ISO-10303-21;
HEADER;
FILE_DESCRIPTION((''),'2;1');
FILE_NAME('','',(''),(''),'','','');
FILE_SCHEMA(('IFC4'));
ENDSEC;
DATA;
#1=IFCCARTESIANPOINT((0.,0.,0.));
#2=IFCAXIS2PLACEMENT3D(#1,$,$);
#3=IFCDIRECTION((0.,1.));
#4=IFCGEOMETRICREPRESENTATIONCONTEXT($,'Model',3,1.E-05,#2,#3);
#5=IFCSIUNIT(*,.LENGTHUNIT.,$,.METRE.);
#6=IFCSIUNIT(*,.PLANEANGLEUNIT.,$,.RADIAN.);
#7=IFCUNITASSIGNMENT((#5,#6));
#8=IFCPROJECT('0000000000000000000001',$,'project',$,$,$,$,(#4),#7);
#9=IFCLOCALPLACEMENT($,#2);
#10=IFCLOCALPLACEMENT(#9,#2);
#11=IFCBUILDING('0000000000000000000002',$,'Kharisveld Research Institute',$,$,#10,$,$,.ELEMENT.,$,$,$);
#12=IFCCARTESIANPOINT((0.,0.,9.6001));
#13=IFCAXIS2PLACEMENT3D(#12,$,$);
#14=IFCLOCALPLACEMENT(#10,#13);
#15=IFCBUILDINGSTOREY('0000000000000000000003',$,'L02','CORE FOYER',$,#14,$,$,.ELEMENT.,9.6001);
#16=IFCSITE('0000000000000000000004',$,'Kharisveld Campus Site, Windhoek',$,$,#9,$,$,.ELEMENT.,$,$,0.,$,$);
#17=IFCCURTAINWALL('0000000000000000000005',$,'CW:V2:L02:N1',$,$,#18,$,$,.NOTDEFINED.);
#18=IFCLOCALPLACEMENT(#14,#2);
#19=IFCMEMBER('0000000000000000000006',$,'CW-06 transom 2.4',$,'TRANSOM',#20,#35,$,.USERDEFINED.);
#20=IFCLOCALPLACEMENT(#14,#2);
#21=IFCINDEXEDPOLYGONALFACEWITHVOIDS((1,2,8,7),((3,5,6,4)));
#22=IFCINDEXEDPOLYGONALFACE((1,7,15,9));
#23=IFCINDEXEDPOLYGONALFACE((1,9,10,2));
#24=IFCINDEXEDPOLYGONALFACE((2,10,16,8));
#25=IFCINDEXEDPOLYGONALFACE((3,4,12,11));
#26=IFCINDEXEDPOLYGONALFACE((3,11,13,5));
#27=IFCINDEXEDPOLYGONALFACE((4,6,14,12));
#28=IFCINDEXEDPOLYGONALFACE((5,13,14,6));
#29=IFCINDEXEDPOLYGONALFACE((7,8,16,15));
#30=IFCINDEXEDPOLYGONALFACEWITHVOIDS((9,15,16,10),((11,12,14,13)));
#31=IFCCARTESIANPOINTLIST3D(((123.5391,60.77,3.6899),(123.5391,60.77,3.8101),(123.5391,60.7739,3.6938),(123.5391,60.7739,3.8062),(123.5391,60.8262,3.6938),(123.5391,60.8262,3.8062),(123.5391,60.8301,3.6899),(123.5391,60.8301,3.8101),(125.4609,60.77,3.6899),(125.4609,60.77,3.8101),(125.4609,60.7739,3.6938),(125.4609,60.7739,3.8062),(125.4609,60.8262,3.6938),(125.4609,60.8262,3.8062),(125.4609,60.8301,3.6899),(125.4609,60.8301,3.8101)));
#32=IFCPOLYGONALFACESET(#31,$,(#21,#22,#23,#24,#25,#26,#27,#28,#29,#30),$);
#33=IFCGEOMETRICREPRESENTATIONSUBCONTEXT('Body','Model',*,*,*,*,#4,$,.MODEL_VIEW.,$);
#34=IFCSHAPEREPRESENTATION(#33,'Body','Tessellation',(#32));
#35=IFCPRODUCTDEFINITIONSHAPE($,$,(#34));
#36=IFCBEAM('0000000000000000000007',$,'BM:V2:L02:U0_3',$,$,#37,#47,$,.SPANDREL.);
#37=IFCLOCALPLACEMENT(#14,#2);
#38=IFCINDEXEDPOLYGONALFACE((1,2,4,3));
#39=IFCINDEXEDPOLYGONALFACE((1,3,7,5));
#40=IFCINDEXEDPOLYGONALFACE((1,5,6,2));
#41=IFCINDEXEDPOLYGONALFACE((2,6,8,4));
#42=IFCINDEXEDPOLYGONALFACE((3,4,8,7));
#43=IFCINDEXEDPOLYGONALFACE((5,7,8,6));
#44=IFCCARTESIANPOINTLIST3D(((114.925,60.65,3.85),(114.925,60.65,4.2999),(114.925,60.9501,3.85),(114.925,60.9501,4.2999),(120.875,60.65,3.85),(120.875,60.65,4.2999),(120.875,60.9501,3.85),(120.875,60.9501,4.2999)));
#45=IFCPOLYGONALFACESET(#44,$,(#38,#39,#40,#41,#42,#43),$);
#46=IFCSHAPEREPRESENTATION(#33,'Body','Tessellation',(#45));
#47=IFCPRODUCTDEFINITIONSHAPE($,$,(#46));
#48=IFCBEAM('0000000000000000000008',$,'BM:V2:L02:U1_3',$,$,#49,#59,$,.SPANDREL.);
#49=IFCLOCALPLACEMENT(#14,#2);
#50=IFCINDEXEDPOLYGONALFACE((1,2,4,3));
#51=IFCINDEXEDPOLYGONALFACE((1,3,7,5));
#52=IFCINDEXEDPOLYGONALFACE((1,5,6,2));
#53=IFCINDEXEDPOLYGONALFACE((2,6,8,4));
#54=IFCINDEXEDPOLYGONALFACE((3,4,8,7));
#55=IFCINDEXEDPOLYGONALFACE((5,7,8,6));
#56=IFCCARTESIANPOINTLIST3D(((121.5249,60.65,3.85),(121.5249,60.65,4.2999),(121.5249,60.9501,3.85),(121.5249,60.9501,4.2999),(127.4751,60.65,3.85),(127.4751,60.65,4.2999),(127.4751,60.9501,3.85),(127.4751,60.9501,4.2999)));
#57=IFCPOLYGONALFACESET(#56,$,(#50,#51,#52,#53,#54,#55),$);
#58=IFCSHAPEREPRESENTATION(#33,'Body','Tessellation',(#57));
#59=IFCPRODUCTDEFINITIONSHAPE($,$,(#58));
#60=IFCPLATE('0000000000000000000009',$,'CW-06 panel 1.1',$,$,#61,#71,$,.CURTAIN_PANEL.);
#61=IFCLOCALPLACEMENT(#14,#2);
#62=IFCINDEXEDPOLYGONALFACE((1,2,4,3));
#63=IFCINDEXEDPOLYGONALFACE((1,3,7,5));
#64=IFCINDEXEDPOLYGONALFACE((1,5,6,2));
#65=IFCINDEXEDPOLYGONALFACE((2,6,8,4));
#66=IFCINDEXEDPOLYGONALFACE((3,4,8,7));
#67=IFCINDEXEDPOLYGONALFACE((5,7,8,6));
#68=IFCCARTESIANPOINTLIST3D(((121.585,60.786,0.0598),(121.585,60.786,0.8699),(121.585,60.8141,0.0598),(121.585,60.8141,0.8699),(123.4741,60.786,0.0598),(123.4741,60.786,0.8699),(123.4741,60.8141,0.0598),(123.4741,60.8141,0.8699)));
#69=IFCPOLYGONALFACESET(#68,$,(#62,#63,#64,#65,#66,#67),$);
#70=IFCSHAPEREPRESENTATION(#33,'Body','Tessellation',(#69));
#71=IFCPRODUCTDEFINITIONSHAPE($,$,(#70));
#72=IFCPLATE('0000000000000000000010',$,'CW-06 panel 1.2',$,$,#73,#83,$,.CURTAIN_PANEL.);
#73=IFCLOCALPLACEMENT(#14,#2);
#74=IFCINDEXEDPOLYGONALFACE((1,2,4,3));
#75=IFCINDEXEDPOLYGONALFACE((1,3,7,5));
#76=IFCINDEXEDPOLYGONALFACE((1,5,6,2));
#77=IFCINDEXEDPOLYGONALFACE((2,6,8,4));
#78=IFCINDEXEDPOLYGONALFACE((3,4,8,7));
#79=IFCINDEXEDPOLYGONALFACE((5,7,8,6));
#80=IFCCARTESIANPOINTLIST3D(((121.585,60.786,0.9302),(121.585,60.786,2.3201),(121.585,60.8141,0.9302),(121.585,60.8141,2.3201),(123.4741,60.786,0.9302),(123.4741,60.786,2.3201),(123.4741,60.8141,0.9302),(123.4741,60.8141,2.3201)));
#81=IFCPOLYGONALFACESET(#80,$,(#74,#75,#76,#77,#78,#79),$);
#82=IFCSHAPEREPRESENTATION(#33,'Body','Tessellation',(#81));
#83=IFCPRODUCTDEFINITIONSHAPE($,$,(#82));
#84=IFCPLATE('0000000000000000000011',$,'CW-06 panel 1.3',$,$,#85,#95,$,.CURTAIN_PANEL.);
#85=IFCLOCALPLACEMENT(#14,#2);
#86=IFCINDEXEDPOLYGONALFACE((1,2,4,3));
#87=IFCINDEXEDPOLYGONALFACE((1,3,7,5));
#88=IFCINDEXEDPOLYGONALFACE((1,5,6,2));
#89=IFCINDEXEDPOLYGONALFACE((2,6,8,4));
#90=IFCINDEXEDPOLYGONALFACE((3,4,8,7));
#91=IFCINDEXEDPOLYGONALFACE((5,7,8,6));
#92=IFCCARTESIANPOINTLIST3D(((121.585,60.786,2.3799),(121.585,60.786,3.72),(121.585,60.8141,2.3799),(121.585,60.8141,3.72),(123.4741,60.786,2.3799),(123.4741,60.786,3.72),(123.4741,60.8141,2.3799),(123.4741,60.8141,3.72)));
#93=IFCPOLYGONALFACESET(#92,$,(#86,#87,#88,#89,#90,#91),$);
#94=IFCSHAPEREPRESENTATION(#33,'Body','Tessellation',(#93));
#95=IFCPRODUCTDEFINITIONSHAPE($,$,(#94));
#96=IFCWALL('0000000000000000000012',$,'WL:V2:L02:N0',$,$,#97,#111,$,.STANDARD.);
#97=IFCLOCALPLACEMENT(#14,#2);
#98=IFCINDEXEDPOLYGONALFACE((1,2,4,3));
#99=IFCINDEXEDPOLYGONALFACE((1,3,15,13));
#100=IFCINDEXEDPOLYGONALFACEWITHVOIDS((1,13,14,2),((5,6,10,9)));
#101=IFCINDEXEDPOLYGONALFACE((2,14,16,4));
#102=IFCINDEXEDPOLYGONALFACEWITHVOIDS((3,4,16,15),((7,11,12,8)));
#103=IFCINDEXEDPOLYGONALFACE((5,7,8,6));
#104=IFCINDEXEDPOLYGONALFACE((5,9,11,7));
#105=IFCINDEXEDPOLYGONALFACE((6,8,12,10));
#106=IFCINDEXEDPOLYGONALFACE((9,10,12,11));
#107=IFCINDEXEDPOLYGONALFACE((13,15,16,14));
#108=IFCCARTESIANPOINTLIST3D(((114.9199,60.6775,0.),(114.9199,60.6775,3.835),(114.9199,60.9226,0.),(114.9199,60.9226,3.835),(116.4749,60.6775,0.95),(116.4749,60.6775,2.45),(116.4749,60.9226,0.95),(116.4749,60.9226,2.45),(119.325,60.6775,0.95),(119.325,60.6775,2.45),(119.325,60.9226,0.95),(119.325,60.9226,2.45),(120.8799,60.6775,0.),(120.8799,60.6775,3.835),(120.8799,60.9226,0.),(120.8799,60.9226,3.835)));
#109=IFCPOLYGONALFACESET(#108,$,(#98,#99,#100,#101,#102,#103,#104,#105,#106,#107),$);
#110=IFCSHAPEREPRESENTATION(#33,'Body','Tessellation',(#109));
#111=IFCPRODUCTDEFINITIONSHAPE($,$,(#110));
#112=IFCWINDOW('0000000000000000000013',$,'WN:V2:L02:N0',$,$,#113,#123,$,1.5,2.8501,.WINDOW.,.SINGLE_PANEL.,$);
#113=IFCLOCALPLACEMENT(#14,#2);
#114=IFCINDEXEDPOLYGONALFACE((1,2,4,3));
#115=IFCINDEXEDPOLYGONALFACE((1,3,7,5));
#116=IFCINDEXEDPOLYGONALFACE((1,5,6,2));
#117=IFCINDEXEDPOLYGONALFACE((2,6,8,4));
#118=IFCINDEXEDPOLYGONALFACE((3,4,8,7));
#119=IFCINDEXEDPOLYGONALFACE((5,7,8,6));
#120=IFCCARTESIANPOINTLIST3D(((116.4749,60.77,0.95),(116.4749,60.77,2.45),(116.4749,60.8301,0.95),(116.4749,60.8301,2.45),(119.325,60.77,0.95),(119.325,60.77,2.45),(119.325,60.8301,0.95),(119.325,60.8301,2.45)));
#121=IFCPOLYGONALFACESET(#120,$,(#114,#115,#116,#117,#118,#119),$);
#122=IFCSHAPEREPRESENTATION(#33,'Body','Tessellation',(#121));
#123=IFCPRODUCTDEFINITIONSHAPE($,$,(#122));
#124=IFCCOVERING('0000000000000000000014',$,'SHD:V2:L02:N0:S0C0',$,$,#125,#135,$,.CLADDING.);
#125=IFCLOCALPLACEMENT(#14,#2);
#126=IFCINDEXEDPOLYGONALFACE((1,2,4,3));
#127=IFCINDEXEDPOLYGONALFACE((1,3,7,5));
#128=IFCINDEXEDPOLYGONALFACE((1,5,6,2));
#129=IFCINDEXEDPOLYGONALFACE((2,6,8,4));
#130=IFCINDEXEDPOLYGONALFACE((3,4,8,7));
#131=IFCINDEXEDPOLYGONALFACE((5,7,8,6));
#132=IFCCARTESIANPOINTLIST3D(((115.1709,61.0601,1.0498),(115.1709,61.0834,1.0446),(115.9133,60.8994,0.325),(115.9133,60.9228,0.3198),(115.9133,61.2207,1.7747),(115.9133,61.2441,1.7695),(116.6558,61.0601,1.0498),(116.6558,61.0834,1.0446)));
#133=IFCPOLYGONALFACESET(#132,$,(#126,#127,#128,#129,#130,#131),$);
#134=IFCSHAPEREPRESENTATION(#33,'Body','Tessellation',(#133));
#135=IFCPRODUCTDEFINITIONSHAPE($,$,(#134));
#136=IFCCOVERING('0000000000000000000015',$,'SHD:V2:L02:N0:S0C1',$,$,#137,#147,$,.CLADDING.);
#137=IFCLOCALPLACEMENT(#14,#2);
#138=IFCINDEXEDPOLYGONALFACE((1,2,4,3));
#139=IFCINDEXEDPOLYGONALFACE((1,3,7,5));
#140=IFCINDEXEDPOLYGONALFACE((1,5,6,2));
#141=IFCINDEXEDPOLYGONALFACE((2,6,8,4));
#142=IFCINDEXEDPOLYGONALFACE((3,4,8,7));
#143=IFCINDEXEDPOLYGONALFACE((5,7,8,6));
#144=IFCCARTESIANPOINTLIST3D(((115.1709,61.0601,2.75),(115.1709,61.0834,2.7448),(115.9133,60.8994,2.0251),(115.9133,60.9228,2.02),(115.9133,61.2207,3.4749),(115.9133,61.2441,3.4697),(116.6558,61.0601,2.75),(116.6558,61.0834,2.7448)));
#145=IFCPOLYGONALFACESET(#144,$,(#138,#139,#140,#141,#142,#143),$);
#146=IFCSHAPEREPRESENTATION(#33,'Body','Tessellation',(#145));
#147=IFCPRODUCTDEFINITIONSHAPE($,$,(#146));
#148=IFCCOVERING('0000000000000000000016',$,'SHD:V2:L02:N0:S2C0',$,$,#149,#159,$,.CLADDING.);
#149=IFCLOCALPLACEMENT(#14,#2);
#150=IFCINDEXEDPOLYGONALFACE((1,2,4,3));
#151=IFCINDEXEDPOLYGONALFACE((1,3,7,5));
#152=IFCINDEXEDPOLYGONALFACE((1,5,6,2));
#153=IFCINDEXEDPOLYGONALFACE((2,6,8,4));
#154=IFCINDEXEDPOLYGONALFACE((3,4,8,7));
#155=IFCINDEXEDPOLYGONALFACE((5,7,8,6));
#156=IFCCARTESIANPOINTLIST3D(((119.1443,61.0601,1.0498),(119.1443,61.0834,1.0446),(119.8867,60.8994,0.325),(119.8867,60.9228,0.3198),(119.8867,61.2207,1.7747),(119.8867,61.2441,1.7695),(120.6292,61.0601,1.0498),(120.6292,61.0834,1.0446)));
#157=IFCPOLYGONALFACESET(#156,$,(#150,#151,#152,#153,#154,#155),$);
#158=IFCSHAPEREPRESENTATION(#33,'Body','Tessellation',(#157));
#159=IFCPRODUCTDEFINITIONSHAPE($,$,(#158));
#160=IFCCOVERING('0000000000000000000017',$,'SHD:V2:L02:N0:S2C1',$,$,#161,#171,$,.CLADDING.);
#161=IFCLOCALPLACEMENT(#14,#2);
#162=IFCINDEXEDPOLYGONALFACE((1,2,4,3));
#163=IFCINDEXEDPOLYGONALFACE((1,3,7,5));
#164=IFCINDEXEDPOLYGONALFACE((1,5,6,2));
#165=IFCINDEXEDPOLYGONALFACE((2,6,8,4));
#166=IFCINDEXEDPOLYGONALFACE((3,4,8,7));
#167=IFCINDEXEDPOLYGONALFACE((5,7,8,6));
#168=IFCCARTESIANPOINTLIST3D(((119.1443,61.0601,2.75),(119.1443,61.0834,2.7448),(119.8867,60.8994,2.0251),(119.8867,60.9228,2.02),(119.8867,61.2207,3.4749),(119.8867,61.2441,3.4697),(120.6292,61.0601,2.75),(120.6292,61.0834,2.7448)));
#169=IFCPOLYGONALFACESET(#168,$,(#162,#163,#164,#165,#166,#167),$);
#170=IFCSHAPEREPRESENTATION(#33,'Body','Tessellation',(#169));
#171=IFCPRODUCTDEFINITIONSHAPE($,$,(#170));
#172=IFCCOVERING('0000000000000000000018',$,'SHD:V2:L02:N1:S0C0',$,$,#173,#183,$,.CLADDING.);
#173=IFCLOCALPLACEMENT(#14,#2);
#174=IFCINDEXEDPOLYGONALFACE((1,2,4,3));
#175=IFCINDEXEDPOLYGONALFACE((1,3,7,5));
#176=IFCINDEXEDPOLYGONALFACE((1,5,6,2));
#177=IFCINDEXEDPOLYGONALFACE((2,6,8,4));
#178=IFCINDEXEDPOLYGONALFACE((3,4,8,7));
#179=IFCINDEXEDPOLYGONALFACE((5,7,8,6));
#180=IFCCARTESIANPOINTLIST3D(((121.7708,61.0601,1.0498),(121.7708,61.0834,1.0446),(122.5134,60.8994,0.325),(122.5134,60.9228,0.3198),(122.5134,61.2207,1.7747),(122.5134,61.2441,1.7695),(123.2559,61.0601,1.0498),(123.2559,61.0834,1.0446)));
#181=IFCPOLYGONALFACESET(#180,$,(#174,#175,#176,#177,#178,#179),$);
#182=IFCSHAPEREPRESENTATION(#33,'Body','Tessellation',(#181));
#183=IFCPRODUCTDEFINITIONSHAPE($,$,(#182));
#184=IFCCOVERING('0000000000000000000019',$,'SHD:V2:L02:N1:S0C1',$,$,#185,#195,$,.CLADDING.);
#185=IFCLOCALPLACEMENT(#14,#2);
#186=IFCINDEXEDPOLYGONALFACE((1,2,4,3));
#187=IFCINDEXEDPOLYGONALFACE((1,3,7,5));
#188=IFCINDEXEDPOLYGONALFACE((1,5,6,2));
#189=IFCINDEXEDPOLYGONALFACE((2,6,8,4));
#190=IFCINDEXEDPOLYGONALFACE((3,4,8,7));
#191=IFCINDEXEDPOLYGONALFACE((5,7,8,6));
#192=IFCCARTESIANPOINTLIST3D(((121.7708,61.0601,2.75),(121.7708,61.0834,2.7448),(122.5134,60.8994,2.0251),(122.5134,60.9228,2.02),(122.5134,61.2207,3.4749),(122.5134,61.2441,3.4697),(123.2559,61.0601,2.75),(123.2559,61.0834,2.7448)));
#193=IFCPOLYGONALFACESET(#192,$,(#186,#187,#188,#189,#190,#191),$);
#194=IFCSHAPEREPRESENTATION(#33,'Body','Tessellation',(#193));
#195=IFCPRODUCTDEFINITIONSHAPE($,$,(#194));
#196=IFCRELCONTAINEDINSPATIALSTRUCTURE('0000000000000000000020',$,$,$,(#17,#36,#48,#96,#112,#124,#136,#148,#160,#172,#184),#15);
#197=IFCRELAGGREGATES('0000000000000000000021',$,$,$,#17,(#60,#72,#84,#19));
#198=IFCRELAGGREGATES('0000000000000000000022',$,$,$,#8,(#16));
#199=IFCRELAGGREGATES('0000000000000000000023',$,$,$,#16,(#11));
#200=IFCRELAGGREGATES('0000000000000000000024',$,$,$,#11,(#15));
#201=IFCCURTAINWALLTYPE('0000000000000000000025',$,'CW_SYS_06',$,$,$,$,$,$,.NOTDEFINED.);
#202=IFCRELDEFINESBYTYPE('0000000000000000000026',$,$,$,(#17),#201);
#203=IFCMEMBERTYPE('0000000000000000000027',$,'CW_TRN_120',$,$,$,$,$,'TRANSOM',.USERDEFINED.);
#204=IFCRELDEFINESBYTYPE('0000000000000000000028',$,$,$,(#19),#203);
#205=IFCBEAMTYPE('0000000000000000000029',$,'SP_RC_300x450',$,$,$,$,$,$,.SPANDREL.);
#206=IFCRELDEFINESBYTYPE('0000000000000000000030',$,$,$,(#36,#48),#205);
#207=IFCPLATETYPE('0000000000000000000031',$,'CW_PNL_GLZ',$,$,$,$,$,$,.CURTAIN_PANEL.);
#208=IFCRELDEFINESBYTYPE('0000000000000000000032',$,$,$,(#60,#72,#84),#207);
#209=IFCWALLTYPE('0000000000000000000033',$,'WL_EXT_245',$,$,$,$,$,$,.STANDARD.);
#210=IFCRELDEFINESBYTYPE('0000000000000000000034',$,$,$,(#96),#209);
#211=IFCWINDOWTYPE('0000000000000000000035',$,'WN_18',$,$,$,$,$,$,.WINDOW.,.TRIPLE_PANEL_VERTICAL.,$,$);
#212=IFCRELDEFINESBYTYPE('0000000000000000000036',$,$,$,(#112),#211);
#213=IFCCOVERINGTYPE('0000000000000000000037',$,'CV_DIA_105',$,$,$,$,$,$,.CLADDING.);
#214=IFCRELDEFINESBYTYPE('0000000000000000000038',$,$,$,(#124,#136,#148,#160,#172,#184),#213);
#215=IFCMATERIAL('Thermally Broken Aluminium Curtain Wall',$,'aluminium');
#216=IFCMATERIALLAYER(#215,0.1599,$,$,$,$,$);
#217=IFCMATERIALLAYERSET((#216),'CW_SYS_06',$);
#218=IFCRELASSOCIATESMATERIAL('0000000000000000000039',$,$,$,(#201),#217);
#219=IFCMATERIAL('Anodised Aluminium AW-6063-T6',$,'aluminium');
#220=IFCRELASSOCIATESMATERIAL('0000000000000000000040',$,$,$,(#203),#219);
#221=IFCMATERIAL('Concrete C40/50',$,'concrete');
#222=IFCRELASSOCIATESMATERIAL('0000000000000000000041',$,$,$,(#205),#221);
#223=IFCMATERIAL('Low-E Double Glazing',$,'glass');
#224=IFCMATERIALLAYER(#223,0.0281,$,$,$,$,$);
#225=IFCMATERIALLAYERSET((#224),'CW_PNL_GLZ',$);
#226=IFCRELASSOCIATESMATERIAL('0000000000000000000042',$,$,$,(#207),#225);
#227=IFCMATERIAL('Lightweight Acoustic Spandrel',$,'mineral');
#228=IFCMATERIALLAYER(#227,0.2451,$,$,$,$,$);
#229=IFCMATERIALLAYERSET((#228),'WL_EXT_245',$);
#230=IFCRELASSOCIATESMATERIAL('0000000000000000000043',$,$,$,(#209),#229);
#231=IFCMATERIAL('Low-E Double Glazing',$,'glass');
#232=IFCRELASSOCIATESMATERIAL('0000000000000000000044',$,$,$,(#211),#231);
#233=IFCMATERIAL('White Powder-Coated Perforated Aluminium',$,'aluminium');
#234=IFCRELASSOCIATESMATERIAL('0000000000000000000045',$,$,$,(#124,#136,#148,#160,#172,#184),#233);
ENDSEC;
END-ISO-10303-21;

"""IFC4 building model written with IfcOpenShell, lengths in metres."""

from ifc_helpers import new_model, si_unit, direction, frame, frame_2d, origin, origin_2d, place, context, subcontext, project, spatial, polyline, rectangle, hollow_rectangle, outline, extrude, material, layer, layer_set, material_profile, profile_set, type_object, element, fill, aggregate, save


model = new_model("IFC4")

# Units and contexts
model_context = context("Model", 3, precision=1e-05, world=origin(), true_north=direction((0.0, 1.0)))
body_context = subcontext(model_context, "Body", "Model", "MODEL_VIEW")
ifc_project = project(units=[si_unit("LENGTHUNIT", "METRE"), si_unit("PLANEANGLEUNIT", "RADIAN")], contexts=[model_context])

# Site, building, storey
site_placement = place(None, origin())
site = spatial("IfcSite", under=ifc_project, at=site_placement, Name="Kharisveld Campus Site, Windhoek", CompositionType="ELEMENT", RefElevation=0.0)
building_placement = place(site_placement, origin())
building = spatial("IfcBuilding", under=site, at=building_placement, Name="Kharisveld Research Institute", CompositionType="ELEMENT")
storey_placement = place(building_placement, frame((0.0, 0.0, 9.6001)))
storey = spatial("IfcBuildingStorey", under=building, at=storey_placement, Name="L02", Description="CORE FOYER", CompositionType="ELEMENT", Elevation=9.6001)

# Curtain wall, member
ifc_material_1 = material(Name="Thermally Broken Aluminium Curtain Wall", Category="aluminium")
ifc_layer_1 = layer(ifc_material_1, 0.1599)
ifc_layer_set_1 = layer_set([ifc_layer_1], Name="CW_SYS_06")
curtain_wall_type = type_object("IfcCurtainWallType", Name="CW_SYS_06", PredefinedType="NOTDEFINED", material=ifc_layer_set_1)
curtain_wall_placement = place(storey_placement, origin())
curtain_wall = element("IfcCurtainWall", 1, at=curtain_wall_placement, inside=storey, type_object=curtain_wall_type, Name="CW:V2:L02:N1", PredefinedType="NOTDEFINED")
ifc_material_2 = material(Name="Anodised Aluminium AW-6063-T6", Category="aluminium")
ifc_material_profile_1 = material_profile(ifc_material_2, hollow_rectangle(XDim=0.0601, YDim=0.1201, WallThickness=0.0039, at=origin_2d()))
ifc_profile_set_1 = profile_set([ifc_material_profile_1], Name="Anodised Aluminium AW-6063-T6")
member_type_1 = type_object("IfcMemberType", Name="CW_TRN_120", ElementType="TRANSOM", PredefinedType="USERDEFINED", material=ifc_profile_set_1)
member_1_placement = place(storey_placement, frame((123.5391, 60.8, 3.75), z_axis=(1.0, 0.0, 0.0), x_axis=(0.0, 1.0, 0.0)))
member_1 = element("IfcMember", 2, at=member_1_placement, type_object=member_type_1, Name="CW-06 transom 2.4", ObjectType="TRANSOM", PredefinedType="USERDEFINED", context=body_context, shape_type="SweptSolid", body=[
    extrude(hollow_rectangle(XDim=0.0601, YDim=0.1201, WallThickness=0.0039, at=origin_2d()), origin(), (0.0, 0.0, 1.0), 1.9219),
])

# Beams
ifc_material_3 = material(Name="Concrete C40/50", Category="concrete")
ifc_material_profile_2 = material_profile(ifc_material_3, rectangle(XDim=0.3, YDim=0.45, at=origin_2d()))
ifc_profile_set_2 = profile_set([ifc_material_profile_2], Name="Concrete C40/50")
beam_type = type_object("IfcBeamType", Name="SP_RC_300x450", PredefinedType="SPANDREL", material=ifc_profile_set_2)
beam_1_placement = place(storey_placement, frame((114.925, 60.8, 4.075), z_axis=(1.0, 0.0, 0.0), x_axis=(0.0, 1.0, 0.0)))
element("IfcBeam", 3, at=beam_1_placement, inside=storey, type_object=beam_type, Name="BM:V2:L02:U0_3", PredefinedType="SPANDREL", context=body_context, shape_type="SweptSolid", body=[
    extrude(rectangle(XDim=0.3, YDim=0.45, at=origin_2d()), origin(), (0.0, 0.0, 1.0), 5.95),
])
beam_2_placement = place(storey_placement, frame((121.5249, 60.8, 4.075), z_axis=(1.0, 0.0, 0.0), x_axis=(0.0, 1.0, 0.0)))
element("IfcBeam", 4, at=beam_2_placement, inside=storey, type_object=beam_type, Name="BM:V2:L02:U1_3", PredefinedType="SPANDREL", context=body_context, shape_type="SweptSolid", body=[
    extrude(rectangle(XDim=0.3, YDim=0.45, at=origin_2d()), origin(), (0.0, 0.0, 1.0), 5.9502),
])

# Plates
ifc_material_4 = material(Name="Low-E Double Glazing", Category="glass")
ifc_layer_2 = layer(ifc_material_4, 0.0281)
ifc_layer_set_2 = layer_set([ifc_layer_2], Name="CW_PNL_GLZ")
plate_type = type_object("IfcPlateType", Name="CW_PNL_GLZ", PredefinedType="CURTAIN_PANEL", material=ifc_layer_set_2)
plate_1_placement = place(storey_placement, frame((122.5295, 60.8, 0.0598), z_axis=(0.0, 0.0, 1.0), x_axis=(1.0, 0.0, 0.0)))
plate_1 = element("IfcPlate", 5, at=plate_1_placement, type_object=plate_type, Name="CW-06 panel 1.1", PredefinedType="CURTAIN_PANEL", context=body_context, shape_type="SweptSolid", body=[
    extrude(rectangle(XDim=1.8892, YDim=0.0281, at=origin_2d()), origin(), (0.0, 0.0, 1.0), 0.8101),
])
plate_2_placement = place(storey_placement, frame((122.5295, 60.8, 0.9302), z_axis=(0.0, 0.0, 1.0), x_axis=(1.0, 0.0, 0.0)))
plate_2 = element("IfcPlate", 6, at=plate_2_placement, type_object=plate_type, Name="CW-06 panel 1.2", PredefinedType="CURTAIN_PANEL", context=body_context, shape_type="SweptSolid", body=[
    extrude(rectangle(XDim=1.8892, YDim=0.0281, at=origin_2d()), origin(), (0.0, 0.0, 1.0), 1.3899),
])
plate_3_placement = place(storey_placement, frame((122.5295, 60.8, 2.3799), z_axis=(0.0, 0.0, 1.0), x_axis=(1.0, 0.0, 0.0)))
plate_3 = element("IfcPlate", 7, at=plate_3_placement, type_object=plate_type, Name="CW-06 panel 1.3", PredefinedType="CURTAIN_PANEL", context=body_context, shape_type="SweptSolid", body=[
    extrude(rectangle(XDim=1.8892, YDim=0.0281, at=origin_2d()), origin(), (0.0, 0.0, 1.0), 1.3401),
])
aggregate(curtain_wall, [plate_1, plate_2, plate_3, member_1])

# Wall, opening, window
ifc_material_5 = material(Name="Lightweight Acoustic Spandrel", Category="mineral")
ifc_layer_3 = layer(ifc_material_5, 0.2451)
ifc_layer_set_3 = layer_set([ifc_layer_3], Name="WL_EXT_245")
wall_type = type_object("IfcWallType", Name="WL_EXT_245", PredefinedType="STANDARD", material=ifc_layer_set_3)
wall_placement = place(storey_placement, frame((114.9199, 60.8, 0.0), z_axis=(0.0, 0.0, 1.0), x_axis=(1.0, 0.0, 0.0)))
wall = element("IfcWall", 8, at=wall_placement, inside=storey, type_object=wall_type, Name="WL:V2:L02:N0", PredefinedType="STANDARD", context=body_context, shape_type="SweptSolid", body=[
    extrude(rectangle(XDim=5.96, YDim=0.2451, at=frame_2d((2.98, 0.0))), origin(), (0.0, 0.0, 1.0), 3.835),
])
opening_placement = place(wall_placement, frame((1.5549, 0.0, 0.95)))
opening = element("IfcOpeningElement", 9, at=opening_placement, cuts=wall, PredefinedType="OPENING", context=body_context, shape_type="SweptSolid", body=[
    extrude(rectangle(XDim=2.8501, YDim=1.5, at=frame_2d((1.425, 0.75))), frame((0.0, 0.1226, 0.0), z_axis=(0.0, -1.0, 0.0), x_axis=(1.0, 0.0, 0.0)), (0.0, 0.0, 1.0), 0.2451),
])
ifc_material_6 = material(Name="Low-E Double Glazing", Category="glass")
window_type = type_object("IfcWindowType", Name="WN_18", PartitioningType="TRIPLE_PANEL_VERTICAL", PredefinedType="WINDOW", material=ifc_material_6)
window_placement = place(opening_placement, origin())
window = element("IfcWindow", 10, at=window_placement, inside=storey, type_object=window_type, Name="WN:V2:L02:N0", OverallHeight=1.5, OverallWidth=2.8501, PartitioningType="SINGLE_PANEL", PredefinedType="WINDOW", context=body_context, shape_type="SweptSolid", body=[
    extrude(rectangle(XDim=2.8501, YDim=1.5, at=frame_2d((1.425, 0.75))), frame((0.0, 0.03, 0.0), z_axis=(0.0, -1.0, 0.0), x_axis=(1.0, 0.0, 0.0)), (0.0, 0.0, 1.0), 0.0601),
])
fill(opening, window)

# Coverings
ifc_material_7 = material(Name="White Powder-Coated Perforated Aluminium", Category="aluminium")
covering_type = type_object("IfcCoveringType", Name="CV_DIA_105", PredefinedType="CLADDING")
for number, where, z_axis, x_axis, name in (
    (11, (115.9133, 60.8994, 0.325), (0.0, -0.976311, 0.216373), (0.707102, 0.153, 0.69036), "SHD:V2:L02:N0:S0C0"),
    (12, (115.9133, 60.8994, 2.0251), (0.0, -0.976311, 0.216373), (0.707102, 0.153, 0.69036), "SHD:V2:L02:N0:S0C1"),
    (13, (119.8867, 60.8994, 0.325), (0.0, -0.976311, 0.216373), (0.707102, 0.153, 0.69036), "SHD:V2:L02:N0:S2C0"),
    (14, (119.8867, 60.8994, 2.0251), (0.0, -0.976311, 0.216373), (0.707102, 0.153, 0.69036), "SHD:V2:L02:N0:S2C1"),
):
    element("IfcCovering", number, at=place(storey_placement, frame(where, z_axis=z_axis, x_axis=x_axis)), inside=storey, type_object=covering_type, material=ifc_material_7, Name=name, PredefinedType="CLADDING", context=body_context, shape_type="SweptSolid", body=[
        extrude(outline(polyline([(0.0, 0.0), (1.05, 0.0), (1.05, 1.05), (0.0, 1.05), (0.0, 0.0)])), origin(), (0.0, 0.0, -1.0), 0.0239),
    ])
for number, where, z_axis, x_axis, name in (
    (15, (122.5134, 60.8994, 0.325), (0.0, -0.976311, 0.216373), (0.707102, 0.153, 0.69036), "SHD:V2:L02:N1:S0C0"),
    (16, (122.5134, 60.8994, 2.0251), (0.0, -0.976311, 0.216373), (0.707102, 0.153, 0.69036), "SHD:V2:L02:N1:S0C1"),
):
    element("IfcCovering", number, at=place(storey_placement, frame(where, z_axis=z_axis, x_axis=x_axis)), inside=storey, type_object=covering_type, material=ifc_material_7, Name=name, PredefinedType="CLADDING", context=body_context, shape_type="SweptSolid", body=[
        extrude(outline(polyline([(0.0, 0.0), (1.05, 0.0), (1.05, 1.05), (-0.0002, 1.0501), (0.0, 0.0)])), origin(), (0.0, 0.0, -1.0), 0.0239),
    ])

save(model, "model.ifc")
